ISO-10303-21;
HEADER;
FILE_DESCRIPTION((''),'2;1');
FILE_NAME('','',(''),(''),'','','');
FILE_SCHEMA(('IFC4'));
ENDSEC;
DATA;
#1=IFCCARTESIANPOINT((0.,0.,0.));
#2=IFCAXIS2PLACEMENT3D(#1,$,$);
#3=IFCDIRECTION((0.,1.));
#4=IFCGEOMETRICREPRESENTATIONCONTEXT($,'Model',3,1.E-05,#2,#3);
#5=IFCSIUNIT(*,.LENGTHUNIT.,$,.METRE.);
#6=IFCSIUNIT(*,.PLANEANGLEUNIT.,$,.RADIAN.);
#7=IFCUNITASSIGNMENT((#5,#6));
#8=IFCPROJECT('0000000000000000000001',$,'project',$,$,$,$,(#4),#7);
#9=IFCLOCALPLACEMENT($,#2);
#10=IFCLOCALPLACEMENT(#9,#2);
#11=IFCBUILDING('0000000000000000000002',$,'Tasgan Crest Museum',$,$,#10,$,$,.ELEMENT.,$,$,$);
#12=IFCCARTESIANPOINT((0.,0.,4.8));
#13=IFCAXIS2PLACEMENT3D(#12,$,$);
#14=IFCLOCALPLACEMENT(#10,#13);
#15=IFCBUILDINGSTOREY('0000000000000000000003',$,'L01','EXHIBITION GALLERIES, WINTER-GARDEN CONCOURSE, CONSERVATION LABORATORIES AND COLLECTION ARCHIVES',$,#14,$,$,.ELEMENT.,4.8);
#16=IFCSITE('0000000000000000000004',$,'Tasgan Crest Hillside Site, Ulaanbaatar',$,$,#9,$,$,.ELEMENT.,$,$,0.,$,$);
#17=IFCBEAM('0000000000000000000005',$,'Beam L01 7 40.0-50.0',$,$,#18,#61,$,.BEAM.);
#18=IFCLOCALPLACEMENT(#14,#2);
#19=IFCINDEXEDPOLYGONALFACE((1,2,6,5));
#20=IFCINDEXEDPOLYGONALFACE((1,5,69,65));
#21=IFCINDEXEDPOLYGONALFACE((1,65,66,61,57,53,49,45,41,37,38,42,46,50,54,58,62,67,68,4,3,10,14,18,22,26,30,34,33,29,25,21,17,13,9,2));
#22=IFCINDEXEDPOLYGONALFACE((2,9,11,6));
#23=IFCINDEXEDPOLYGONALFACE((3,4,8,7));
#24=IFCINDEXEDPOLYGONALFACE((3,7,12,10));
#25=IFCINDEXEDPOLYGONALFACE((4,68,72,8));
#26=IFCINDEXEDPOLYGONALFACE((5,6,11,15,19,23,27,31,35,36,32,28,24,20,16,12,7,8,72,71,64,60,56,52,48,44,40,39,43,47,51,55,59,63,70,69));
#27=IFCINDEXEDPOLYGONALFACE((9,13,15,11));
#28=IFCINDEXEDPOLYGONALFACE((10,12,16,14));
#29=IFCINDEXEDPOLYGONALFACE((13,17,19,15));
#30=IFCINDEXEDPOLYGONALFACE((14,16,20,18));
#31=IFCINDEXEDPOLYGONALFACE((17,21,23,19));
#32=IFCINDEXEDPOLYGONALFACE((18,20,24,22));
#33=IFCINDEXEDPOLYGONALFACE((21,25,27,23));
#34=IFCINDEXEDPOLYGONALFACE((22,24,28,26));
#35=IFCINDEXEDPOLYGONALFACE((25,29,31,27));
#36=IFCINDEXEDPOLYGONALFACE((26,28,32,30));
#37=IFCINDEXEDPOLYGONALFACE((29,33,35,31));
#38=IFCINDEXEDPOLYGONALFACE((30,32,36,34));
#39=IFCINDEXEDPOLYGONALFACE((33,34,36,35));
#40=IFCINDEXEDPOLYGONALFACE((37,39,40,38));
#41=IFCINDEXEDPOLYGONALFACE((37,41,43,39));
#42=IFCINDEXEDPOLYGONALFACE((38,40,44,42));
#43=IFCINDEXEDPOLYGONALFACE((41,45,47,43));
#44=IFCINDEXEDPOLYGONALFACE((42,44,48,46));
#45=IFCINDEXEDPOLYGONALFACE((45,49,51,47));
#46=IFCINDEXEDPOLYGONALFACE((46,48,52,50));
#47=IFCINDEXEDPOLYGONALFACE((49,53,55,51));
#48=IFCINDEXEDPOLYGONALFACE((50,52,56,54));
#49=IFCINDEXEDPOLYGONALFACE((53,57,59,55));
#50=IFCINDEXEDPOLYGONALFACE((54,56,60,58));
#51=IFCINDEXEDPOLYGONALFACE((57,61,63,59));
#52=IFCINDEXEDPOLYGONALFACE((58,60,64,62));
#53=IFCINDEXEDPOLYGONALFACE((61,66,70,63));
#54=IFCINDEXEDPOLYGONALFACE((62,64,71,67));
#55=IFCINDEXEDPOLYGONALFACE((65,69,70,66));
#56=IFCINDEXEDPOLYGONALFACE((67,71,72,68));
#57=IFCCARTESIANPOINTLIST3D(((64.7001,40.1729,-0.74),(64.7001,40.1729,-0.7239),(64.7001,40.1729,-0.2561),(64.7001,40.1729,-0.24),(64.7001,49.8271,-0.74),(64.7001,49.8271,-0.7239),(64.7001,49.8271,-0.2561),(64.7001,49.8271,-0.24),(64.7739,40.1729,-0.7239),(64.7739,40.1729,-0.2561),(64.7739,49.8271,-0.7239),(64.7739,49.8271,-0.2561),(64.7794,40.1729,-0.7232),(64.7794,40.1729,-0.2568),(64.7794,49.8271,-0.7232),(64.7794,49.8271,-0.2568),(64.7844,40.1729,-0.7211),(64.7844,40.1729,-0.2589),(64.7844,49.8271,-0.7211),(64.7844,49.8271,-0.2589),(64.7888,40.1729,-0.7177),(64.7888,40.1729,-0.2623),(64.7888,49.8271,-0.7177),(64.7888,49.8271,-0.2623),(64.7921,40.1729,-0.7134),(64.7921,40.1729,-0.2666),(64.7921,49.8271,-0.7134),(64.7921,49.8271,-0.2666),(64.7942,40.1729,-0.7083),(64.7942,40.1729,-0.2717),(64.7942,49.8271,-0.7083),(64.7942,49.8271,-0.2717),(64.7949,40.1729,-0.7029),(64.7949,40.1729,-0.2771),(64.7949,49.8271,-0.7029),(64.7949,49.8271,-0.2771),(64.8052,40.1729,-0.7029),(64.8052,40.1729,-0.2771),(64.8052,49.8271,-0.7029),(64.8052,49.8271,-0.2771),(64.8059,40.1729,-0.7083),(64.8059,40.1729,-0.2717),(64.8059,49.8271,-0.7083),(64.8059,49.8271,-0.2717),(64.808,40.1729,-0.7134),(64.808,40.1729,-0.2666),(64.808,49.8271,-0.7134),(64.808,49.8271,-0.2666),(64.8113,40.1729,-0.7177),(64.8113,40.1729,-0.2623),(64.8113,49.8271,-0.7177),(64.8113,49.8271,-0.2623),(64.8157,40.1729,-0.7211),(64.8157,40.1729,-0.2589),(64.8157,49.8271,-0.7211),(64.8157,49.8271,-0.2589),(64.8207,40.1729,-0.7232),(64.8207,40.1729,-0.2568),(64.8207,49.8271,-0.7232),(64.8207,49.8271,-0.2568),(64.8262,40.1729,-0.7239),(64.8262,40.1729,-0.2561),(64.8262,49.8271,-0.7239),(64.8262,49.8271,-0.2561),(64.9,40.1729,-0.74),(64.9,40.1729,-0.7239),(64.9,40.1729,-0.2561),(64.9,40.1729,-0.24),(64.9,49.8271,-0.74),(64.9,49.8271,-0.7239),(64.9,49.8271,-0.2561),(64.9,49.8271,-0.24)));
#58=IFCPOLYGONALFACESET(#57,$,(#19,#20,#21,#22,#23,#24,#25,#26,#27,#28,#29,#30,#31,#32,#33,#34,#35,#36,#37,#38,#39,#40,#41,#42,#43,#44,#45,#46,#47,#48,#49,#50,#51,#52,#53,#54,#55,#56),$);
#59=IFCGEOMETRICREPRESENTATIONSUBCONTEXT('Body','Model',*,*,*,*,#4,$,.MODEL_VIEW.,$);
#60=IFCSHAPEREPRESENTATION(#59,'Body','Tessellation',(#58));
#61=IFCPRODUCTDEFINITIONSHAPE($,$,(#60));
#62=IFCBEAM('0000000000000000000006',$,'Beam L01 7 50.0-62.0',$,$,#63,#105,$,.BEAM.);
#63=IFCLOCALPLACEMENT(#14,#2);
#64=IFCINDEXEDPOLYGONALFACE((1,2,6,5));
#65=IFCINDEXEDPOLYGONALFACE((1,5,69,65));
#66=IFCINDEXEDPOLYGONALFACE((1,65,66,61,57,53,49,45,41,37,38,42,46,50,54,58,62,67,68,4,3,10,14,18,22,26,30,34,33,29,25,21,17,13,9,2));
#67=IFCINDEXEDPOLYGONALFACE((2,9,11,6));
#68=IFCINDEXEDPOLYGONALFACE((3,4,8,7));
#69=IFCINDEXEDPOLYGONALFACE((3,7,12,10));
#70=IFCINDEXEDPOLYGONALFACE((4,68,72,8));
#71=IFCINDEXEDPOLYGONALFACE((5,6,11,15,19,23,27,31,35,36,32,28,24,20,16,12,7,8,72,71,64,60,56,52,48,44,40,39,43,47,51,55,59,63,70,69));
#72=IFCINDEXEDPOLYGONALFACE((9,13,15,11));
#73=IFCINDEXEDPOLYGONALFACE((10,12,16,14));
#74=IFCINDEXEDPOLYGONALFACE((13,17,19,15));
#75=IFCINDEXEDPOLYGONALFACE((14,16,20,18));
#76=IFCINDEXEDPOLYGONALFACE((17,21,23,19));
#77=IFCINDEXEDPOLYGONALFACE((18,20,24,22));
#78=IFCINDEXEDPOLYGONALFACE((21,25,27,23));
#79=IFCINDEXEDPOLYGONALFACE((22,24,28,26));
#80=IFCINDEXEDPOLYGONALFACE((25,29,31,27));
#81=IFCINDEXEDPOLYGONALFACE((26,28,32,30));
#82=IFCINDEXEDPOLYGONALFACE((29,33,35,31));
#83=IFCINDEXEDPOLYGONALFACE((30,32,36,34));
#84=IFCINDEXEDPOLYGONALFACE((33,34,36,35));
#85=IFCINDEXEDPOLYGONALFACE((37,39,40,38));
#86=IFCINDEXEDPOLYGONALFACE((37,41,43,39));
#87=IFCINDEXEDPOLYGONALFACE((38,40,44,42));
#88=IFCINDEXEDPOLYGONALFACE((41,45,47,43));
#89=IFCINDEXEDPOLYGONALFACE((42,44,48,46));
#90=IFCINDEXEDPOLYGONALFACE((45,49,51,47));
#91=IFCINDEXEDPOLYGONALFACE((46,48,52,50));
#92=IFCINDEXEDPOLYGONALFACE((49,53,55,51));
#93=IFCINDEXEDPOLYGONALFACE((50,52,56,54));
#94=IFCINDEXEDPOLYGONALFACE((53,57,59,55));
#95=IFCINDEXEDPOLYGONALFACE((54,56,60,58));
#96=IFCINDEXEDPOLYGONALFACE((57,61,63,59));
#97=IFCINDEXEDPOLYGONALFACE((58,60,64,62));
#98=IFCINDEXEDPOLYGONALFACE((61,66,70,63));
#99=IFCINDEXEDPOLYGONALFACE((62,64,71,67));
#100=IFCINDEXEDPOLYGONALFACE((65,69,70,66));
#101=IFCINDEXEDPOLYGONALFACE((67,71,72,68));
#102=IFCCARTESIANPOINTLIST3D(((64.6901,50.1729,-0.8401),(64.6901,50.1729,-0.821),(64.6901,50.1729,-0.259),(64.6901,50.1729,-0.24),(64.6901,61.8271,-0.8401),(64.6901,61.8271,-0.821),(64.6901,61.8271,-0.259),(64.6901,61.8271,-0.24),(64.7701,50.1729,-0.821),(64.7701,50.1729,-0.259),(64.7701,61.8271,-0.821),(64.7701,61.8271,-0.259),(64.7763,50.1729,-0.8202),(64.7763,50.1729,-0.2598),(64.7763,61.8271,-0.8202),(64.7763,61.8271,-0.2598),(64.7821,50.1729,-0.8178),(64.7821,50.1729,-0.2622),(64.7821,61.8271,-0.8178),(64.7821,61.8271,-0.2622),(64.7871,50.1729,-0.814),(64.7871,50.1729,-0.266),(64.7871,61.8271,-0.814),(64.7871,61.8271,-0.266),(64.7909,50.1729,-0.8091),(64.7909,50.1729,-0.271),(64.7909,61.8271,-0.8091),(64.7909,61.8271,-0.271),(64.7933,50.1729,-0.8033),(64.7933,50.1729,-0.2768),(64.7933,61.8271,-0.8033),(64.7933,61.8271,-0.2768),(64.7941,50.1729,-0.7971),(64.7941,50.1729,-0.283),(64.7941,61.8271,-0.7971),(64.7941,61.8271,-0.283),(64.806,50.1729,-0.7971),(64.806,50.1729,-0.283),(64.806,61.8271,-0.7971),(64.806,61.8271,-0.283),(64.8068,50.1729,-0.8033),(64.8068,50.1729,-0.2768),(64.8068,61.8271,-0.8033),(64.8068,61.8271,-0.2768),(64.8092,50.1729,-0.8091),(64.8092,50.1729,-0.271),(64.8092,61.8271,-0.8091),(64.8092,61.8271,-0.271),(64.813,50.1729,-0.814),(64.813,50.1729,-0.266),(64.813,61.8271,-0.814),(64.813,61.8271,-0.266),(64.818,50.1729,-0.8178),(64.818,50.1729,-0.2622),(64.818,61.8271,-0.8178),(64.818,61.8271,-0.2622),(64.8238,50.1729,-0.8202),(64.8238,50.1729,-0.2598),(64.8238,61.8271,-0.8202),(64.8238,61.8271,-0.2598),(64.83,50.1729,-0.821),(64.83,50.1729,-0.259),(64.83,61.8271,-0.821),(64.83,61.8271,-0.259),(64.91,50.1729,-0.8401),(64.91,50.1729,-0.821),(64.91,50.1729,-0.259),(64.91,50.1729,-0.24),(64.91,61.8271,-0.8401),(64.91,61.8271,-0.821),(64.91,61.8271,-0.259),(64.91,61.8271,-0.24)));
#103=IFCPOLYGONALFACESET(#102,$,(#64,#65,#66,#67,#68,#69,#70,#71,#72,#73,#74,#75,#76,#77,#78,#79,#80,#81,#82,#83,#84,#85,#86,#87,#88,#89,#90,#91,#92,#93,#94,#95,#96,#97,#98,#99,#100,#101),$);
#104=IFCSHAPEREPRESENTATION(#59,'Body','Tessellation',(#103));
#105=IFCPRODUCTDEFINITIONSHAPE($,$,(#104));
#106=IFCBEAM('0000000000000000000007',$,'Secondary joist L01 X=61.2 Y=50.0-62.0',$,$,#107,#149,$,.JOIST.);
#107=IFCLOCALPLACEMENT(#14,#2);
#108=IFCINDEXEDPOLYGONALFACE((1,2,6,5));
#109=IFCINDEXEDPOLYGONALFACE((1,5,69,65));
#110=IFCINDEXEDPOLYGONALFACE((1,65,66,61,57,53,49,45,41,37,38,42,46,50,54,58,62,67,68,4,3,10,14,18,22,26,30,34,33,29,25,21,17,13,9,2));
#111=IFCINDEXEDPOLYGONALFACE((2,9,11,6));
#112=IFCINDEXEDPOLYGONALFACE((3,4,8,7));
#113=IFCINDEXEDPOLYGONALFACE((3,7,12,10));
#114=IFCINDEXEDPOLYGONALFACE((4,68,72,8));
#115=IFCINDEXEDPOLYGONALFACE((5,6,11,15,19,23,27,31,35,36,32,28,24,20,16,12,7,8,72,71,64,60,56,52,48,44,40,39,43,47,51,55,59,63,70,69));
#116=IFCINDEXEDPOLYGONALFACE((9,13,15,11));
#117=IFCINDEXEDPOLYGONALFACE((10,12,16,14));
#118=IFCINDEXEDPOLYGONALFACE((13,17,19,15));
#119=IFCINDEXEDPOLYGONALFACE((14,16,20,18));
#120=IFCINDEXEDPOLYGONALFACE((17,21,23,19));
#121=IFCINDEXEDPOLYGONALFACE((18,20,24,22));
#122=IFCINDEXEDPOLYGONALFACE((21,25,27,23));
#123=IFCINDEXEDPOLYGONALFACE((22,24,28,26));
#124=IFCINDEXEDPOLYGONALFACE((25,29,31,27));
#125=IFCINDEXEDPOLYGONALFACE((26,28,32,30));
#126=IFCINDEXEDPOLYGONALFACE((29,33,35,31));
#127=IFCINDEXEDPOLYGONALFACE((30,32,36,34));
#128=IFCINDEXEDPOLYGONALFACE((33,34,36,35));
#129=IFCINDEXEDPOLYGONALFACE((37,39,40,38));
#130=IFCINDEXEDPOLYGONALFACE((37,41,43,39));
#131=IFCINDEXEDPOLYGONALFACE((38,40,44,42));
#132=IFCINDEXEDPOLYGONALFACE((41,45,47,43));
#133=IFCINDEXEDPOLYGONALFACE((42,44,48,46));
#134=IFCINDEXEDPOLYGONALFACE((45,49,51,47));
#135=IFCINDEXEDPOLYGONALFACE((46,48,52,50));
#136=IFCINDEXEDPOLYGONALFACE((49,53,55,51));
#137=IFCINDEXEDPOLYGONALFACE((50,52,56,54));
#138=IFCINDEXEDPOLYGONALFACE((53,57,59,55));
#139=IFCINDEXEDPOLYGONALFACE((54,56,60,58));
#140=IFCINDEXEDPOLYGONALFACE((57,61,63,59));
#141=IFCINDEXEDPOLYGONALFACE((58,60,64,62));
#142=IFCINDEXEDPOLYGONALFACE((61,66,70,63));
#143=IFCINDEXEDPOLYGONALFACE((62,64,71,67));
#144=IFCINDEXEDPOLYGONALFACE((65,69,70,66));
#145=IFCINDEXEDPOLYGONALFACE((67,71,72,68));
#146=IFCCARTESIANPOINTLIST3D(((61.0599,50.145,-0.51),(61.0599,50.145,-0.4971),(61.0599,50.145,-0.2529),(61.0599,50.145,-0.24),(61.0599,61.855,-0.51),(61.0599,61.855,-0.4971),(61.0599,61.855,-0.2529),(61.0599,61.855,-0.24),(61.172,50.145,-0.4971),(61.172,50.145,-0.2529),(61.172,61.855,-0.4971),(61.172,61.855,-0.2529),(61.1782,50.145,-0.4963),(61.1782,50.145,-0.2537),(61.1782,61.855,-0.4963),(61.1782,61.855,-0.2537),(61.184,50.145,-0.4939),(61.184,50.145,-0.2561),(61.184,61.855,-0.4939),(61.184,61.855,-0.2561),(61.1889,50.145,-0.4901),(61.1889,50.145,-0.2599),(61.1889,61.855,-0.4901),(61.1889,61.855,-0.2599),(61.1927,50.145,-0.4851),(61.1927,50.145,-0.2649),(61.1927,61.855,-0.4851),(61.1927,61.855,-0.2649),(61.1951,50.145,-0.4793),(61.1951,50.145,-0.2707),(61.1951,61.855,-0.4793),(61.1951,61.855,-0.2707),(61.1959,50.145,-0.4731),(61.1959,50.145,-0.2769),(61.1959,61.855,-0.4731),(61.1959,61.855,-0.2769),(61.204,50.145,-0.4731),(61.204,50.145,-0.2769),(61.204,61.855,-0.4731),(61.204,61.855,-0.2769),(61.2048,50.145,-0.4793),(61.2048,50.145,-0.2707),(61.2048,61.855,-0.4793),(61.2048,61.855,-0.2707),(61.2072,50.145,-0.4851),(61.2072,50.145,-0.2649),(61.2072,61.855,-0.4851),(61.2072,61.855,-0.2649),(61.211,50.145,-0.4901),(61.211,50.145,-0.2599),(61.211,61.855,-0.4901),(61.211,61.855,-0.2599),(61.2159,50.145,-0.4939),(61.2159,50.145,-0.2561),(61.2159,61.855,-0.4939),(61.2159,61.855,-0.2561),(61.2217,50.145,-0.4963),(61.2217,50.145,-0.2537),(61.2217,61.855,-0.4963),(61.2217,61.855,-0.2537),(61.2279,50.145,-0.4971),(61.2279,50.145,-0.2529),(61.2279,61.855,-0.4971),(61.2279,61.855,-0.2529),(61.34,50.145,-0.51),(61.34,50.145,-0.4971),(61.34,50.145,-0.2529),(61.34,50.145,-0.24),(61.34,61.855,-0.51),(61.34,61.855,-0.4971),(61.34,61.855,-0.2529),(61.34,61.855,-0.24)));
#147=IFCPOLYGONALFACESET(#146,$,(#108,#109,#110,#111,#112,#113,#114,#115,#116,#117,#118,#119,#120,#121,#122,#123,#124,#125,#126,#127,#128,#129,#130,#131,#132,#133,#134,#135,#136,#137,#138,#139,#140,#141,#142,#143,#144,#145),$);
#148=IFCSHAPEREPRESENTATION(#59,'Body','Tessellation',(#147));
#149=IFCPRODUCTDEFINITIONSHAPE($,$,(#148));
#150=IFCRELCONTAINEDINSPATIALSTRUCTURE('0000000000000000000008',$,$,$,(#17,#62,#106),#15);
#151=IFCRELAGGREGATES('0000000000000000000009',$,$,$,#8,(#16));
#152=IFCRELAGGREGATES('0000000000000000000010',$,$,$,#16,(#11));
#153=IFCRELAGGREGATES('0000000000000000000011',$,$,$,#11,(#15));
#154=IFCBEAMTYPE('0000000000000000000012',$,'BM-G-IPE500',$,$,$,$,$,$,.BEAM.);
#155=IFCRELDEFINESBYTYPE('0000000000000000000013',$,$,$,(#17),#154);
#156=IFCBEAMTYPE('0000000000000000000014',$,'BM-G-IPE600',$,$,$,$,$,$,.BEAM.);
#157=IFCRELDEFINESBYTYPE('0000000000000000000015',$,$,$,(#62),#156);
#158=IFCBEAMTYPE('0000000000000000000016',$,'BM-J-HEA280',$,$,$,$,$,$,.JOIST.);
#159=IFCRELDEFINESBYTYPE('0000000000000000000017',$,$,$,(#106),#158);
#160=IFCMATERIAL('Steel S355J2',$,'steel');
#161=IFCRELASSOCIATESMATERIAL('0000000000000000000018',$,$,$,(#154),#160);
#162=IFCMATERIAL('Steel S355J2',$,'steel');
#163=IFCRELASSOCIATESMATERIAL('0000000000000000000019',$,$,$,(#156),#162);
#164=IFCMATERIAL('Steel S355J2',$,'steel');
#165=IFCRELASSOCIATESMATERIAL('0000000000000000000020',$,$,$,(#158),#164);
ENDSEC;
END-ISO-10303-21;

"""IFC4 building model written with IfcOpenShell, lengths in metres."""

from ifc_helpers import new_model, si_unit, direction, frame, origin, origin_2d, place, context, subcontext, project, spatial, i_section, extrude, material, material_profile, profile_set, type_object, element, save


model = new_model("IFC4")

# Units and contexts
model_context = context("Model", 3, precision=1e-05, world=origin(), true_north=direction((0.0, 1.0)))
body_context = subcontext(model_context, "Body", "Model", "MODEL_VIEW")
ifc_project = project(units=[si_unit("LENGTHUNIT", "METRE"), si_unit("PLANEANGLEUNIT", "RADIAN")], contexts=[model_context])

# Site, building, storey
site_placement = place(None, origin())
site = spatial("IfcSite", under=ifc_project, at=site_placement, Name="Tasgan Crest Hillside Site, Ulaanbaatar", CompositionType="ELEMENT", RefElevation=0.0)
building_placement = place(site_placement, origin())
building = spatial("IfcBuilding", under=site, at=building_placement, Name="Tasgan Crest Museum", CompositionType="ELEMENT")
storey_placement = place(building_placement, frame((0.0, 0.0, 4.8)))
storey = spatial("IfcBuildingStorey", under=building, at=storey_placement, Name="L01", Description="EXHIBITION GALLERIES, WINTER-GARDEN CONCOURSE, CONSERVATION LABORATORIES AND COLLECTION ARCHIVES", CompositionType="ELEMENT", Elevation=4.8)

# Beams
ifc_material_1 = material(Name="Steel S355J2", Category="steel")
ifc_material_profile_1 = material_profile(ifc_material_1, i_section(OverallWidth=0.2, OverallDepth=0.5, WebThickness=0.0103, FlangeThickness=0.0161, FilletRadius=0.021, at=origin_2d()), Name="IPE 500")
ifc_profile_set_1 = profile_set([ifc_material_profile_1], Name="Steel S355J2")
beam_type_1 = type_object("IfcBeamType", Name="BM-G-IPE500", PredefinedType="BEAM", material=ifc_profile_set_1)
beam_1_placement = place(storey_placement, frame((64.8, 40.1729, -0.49), z_axis=(0.0, 1.0, 0.0), x_axis=(-1.0, 0.0, 0.0)))
element("IfcBeam", 1, at=beam_1_placement, inside=storey, type_object=beam_type_1, Name="Beam L01 7 40.0-50.0", PredefinedType="BEAM", context=body_context, shape_type="SweptSolid", body=[
    extrude(i_section(OverallWidth=0.2, OverallDepth=0.5, WebThickness=0.0103, FlangeThickness=0.0161, FilletRadius=0.021, at=origin_2d()), origin(), (0.0, 0.0, 1.0), 9.6543),
])
ifc_material_2 = material(Name="Steel S355J2", Category="steel")
ifc_material_profile_2 = material_profile(ifc_material_2, i_section(OverallWidth=0.22, OverallDepth=0.6001, WebThickness=0.012, FlangeThickness=0.019, FilletRadius=0.0239, at=origin_2d()), Name="IPE 600")
ifc_profile_set_2 = profile_set([ifc_material_profile_2], Name="Steel S355J2")
beam_type_2 = type_object("IfcBeamType", Name="BM-G-IPE600", PredefinedType="BEAM", material=ifc_profile_set_2)
beam_2_placement = place(storey_placement, frame((64.8, 50.1729, -0.54), z_axis=(0.0, 1.0, 0.0), x_axis=(-1.0, 0.0, 0.0)))
element("IfcBeam", 2, at=beam_2_placement, inside=storey, type_object=beam_type_2, Name="Beam L01 7 50.0-62.0", PredefinedType="BEAM", context=body_context, shape_type="SweptSolid", body=[
    extrude(i_section(OverallWidth=0.22, OverallDepth=0.6001, WebThickness=0.012, FlangeThickness=0.019, FilletRadius=0.0239, at=origin_2d()), origin(), (0.0, 0.0, 1.0), 11.6543),
])
ifc_material_3 = material(Name="Steel S355J2", Category="steel")
ifc_material_profile_3 = material_profile(ifc_material_3, i_section(OverallWidth=0.28, OverallDepth=0.27, WebThickness=0.0081, FlangeThickness=0.0129, FilletRadius=0.0239, at=origin_2d()), Name="HEA 280")
ifc_profile_set_3 = profile_set([ifc_material_profile_3], Name="Steel S355J2")
beam_type_3 = type_object("IfcBeamType", Name="BM-J-HEA280", PredefinedType="JOIST", material=ifc_profile_set_3)
beam_3_placement = place(storey_placement, frame((61.2, 50.145, -0.375), z_axis=(0.0, 1.0, 0.0), x_axis=(-1.0, 0.0, 0.0)))
element("IfcBeam", 3, at=beam_3_placement, inside=storey, type_object=beam_type_3, Name="Secondary joist L01 X=61.2 Y=50.0-62.0", PredefinedType="JOIST", context=body_context, shape_type="SweptSolid", body=[
    extrude(i_section(OverallWidth=0.28, OverallDepth=0.27, WebThickness=0.0081, FlangeThickness=0.0129, FilletRadius=0.0239, at=origin_2d()), origin(), (0.0, 0.0, 1.0), 11.71),
])

save(model, "model.ifc")
